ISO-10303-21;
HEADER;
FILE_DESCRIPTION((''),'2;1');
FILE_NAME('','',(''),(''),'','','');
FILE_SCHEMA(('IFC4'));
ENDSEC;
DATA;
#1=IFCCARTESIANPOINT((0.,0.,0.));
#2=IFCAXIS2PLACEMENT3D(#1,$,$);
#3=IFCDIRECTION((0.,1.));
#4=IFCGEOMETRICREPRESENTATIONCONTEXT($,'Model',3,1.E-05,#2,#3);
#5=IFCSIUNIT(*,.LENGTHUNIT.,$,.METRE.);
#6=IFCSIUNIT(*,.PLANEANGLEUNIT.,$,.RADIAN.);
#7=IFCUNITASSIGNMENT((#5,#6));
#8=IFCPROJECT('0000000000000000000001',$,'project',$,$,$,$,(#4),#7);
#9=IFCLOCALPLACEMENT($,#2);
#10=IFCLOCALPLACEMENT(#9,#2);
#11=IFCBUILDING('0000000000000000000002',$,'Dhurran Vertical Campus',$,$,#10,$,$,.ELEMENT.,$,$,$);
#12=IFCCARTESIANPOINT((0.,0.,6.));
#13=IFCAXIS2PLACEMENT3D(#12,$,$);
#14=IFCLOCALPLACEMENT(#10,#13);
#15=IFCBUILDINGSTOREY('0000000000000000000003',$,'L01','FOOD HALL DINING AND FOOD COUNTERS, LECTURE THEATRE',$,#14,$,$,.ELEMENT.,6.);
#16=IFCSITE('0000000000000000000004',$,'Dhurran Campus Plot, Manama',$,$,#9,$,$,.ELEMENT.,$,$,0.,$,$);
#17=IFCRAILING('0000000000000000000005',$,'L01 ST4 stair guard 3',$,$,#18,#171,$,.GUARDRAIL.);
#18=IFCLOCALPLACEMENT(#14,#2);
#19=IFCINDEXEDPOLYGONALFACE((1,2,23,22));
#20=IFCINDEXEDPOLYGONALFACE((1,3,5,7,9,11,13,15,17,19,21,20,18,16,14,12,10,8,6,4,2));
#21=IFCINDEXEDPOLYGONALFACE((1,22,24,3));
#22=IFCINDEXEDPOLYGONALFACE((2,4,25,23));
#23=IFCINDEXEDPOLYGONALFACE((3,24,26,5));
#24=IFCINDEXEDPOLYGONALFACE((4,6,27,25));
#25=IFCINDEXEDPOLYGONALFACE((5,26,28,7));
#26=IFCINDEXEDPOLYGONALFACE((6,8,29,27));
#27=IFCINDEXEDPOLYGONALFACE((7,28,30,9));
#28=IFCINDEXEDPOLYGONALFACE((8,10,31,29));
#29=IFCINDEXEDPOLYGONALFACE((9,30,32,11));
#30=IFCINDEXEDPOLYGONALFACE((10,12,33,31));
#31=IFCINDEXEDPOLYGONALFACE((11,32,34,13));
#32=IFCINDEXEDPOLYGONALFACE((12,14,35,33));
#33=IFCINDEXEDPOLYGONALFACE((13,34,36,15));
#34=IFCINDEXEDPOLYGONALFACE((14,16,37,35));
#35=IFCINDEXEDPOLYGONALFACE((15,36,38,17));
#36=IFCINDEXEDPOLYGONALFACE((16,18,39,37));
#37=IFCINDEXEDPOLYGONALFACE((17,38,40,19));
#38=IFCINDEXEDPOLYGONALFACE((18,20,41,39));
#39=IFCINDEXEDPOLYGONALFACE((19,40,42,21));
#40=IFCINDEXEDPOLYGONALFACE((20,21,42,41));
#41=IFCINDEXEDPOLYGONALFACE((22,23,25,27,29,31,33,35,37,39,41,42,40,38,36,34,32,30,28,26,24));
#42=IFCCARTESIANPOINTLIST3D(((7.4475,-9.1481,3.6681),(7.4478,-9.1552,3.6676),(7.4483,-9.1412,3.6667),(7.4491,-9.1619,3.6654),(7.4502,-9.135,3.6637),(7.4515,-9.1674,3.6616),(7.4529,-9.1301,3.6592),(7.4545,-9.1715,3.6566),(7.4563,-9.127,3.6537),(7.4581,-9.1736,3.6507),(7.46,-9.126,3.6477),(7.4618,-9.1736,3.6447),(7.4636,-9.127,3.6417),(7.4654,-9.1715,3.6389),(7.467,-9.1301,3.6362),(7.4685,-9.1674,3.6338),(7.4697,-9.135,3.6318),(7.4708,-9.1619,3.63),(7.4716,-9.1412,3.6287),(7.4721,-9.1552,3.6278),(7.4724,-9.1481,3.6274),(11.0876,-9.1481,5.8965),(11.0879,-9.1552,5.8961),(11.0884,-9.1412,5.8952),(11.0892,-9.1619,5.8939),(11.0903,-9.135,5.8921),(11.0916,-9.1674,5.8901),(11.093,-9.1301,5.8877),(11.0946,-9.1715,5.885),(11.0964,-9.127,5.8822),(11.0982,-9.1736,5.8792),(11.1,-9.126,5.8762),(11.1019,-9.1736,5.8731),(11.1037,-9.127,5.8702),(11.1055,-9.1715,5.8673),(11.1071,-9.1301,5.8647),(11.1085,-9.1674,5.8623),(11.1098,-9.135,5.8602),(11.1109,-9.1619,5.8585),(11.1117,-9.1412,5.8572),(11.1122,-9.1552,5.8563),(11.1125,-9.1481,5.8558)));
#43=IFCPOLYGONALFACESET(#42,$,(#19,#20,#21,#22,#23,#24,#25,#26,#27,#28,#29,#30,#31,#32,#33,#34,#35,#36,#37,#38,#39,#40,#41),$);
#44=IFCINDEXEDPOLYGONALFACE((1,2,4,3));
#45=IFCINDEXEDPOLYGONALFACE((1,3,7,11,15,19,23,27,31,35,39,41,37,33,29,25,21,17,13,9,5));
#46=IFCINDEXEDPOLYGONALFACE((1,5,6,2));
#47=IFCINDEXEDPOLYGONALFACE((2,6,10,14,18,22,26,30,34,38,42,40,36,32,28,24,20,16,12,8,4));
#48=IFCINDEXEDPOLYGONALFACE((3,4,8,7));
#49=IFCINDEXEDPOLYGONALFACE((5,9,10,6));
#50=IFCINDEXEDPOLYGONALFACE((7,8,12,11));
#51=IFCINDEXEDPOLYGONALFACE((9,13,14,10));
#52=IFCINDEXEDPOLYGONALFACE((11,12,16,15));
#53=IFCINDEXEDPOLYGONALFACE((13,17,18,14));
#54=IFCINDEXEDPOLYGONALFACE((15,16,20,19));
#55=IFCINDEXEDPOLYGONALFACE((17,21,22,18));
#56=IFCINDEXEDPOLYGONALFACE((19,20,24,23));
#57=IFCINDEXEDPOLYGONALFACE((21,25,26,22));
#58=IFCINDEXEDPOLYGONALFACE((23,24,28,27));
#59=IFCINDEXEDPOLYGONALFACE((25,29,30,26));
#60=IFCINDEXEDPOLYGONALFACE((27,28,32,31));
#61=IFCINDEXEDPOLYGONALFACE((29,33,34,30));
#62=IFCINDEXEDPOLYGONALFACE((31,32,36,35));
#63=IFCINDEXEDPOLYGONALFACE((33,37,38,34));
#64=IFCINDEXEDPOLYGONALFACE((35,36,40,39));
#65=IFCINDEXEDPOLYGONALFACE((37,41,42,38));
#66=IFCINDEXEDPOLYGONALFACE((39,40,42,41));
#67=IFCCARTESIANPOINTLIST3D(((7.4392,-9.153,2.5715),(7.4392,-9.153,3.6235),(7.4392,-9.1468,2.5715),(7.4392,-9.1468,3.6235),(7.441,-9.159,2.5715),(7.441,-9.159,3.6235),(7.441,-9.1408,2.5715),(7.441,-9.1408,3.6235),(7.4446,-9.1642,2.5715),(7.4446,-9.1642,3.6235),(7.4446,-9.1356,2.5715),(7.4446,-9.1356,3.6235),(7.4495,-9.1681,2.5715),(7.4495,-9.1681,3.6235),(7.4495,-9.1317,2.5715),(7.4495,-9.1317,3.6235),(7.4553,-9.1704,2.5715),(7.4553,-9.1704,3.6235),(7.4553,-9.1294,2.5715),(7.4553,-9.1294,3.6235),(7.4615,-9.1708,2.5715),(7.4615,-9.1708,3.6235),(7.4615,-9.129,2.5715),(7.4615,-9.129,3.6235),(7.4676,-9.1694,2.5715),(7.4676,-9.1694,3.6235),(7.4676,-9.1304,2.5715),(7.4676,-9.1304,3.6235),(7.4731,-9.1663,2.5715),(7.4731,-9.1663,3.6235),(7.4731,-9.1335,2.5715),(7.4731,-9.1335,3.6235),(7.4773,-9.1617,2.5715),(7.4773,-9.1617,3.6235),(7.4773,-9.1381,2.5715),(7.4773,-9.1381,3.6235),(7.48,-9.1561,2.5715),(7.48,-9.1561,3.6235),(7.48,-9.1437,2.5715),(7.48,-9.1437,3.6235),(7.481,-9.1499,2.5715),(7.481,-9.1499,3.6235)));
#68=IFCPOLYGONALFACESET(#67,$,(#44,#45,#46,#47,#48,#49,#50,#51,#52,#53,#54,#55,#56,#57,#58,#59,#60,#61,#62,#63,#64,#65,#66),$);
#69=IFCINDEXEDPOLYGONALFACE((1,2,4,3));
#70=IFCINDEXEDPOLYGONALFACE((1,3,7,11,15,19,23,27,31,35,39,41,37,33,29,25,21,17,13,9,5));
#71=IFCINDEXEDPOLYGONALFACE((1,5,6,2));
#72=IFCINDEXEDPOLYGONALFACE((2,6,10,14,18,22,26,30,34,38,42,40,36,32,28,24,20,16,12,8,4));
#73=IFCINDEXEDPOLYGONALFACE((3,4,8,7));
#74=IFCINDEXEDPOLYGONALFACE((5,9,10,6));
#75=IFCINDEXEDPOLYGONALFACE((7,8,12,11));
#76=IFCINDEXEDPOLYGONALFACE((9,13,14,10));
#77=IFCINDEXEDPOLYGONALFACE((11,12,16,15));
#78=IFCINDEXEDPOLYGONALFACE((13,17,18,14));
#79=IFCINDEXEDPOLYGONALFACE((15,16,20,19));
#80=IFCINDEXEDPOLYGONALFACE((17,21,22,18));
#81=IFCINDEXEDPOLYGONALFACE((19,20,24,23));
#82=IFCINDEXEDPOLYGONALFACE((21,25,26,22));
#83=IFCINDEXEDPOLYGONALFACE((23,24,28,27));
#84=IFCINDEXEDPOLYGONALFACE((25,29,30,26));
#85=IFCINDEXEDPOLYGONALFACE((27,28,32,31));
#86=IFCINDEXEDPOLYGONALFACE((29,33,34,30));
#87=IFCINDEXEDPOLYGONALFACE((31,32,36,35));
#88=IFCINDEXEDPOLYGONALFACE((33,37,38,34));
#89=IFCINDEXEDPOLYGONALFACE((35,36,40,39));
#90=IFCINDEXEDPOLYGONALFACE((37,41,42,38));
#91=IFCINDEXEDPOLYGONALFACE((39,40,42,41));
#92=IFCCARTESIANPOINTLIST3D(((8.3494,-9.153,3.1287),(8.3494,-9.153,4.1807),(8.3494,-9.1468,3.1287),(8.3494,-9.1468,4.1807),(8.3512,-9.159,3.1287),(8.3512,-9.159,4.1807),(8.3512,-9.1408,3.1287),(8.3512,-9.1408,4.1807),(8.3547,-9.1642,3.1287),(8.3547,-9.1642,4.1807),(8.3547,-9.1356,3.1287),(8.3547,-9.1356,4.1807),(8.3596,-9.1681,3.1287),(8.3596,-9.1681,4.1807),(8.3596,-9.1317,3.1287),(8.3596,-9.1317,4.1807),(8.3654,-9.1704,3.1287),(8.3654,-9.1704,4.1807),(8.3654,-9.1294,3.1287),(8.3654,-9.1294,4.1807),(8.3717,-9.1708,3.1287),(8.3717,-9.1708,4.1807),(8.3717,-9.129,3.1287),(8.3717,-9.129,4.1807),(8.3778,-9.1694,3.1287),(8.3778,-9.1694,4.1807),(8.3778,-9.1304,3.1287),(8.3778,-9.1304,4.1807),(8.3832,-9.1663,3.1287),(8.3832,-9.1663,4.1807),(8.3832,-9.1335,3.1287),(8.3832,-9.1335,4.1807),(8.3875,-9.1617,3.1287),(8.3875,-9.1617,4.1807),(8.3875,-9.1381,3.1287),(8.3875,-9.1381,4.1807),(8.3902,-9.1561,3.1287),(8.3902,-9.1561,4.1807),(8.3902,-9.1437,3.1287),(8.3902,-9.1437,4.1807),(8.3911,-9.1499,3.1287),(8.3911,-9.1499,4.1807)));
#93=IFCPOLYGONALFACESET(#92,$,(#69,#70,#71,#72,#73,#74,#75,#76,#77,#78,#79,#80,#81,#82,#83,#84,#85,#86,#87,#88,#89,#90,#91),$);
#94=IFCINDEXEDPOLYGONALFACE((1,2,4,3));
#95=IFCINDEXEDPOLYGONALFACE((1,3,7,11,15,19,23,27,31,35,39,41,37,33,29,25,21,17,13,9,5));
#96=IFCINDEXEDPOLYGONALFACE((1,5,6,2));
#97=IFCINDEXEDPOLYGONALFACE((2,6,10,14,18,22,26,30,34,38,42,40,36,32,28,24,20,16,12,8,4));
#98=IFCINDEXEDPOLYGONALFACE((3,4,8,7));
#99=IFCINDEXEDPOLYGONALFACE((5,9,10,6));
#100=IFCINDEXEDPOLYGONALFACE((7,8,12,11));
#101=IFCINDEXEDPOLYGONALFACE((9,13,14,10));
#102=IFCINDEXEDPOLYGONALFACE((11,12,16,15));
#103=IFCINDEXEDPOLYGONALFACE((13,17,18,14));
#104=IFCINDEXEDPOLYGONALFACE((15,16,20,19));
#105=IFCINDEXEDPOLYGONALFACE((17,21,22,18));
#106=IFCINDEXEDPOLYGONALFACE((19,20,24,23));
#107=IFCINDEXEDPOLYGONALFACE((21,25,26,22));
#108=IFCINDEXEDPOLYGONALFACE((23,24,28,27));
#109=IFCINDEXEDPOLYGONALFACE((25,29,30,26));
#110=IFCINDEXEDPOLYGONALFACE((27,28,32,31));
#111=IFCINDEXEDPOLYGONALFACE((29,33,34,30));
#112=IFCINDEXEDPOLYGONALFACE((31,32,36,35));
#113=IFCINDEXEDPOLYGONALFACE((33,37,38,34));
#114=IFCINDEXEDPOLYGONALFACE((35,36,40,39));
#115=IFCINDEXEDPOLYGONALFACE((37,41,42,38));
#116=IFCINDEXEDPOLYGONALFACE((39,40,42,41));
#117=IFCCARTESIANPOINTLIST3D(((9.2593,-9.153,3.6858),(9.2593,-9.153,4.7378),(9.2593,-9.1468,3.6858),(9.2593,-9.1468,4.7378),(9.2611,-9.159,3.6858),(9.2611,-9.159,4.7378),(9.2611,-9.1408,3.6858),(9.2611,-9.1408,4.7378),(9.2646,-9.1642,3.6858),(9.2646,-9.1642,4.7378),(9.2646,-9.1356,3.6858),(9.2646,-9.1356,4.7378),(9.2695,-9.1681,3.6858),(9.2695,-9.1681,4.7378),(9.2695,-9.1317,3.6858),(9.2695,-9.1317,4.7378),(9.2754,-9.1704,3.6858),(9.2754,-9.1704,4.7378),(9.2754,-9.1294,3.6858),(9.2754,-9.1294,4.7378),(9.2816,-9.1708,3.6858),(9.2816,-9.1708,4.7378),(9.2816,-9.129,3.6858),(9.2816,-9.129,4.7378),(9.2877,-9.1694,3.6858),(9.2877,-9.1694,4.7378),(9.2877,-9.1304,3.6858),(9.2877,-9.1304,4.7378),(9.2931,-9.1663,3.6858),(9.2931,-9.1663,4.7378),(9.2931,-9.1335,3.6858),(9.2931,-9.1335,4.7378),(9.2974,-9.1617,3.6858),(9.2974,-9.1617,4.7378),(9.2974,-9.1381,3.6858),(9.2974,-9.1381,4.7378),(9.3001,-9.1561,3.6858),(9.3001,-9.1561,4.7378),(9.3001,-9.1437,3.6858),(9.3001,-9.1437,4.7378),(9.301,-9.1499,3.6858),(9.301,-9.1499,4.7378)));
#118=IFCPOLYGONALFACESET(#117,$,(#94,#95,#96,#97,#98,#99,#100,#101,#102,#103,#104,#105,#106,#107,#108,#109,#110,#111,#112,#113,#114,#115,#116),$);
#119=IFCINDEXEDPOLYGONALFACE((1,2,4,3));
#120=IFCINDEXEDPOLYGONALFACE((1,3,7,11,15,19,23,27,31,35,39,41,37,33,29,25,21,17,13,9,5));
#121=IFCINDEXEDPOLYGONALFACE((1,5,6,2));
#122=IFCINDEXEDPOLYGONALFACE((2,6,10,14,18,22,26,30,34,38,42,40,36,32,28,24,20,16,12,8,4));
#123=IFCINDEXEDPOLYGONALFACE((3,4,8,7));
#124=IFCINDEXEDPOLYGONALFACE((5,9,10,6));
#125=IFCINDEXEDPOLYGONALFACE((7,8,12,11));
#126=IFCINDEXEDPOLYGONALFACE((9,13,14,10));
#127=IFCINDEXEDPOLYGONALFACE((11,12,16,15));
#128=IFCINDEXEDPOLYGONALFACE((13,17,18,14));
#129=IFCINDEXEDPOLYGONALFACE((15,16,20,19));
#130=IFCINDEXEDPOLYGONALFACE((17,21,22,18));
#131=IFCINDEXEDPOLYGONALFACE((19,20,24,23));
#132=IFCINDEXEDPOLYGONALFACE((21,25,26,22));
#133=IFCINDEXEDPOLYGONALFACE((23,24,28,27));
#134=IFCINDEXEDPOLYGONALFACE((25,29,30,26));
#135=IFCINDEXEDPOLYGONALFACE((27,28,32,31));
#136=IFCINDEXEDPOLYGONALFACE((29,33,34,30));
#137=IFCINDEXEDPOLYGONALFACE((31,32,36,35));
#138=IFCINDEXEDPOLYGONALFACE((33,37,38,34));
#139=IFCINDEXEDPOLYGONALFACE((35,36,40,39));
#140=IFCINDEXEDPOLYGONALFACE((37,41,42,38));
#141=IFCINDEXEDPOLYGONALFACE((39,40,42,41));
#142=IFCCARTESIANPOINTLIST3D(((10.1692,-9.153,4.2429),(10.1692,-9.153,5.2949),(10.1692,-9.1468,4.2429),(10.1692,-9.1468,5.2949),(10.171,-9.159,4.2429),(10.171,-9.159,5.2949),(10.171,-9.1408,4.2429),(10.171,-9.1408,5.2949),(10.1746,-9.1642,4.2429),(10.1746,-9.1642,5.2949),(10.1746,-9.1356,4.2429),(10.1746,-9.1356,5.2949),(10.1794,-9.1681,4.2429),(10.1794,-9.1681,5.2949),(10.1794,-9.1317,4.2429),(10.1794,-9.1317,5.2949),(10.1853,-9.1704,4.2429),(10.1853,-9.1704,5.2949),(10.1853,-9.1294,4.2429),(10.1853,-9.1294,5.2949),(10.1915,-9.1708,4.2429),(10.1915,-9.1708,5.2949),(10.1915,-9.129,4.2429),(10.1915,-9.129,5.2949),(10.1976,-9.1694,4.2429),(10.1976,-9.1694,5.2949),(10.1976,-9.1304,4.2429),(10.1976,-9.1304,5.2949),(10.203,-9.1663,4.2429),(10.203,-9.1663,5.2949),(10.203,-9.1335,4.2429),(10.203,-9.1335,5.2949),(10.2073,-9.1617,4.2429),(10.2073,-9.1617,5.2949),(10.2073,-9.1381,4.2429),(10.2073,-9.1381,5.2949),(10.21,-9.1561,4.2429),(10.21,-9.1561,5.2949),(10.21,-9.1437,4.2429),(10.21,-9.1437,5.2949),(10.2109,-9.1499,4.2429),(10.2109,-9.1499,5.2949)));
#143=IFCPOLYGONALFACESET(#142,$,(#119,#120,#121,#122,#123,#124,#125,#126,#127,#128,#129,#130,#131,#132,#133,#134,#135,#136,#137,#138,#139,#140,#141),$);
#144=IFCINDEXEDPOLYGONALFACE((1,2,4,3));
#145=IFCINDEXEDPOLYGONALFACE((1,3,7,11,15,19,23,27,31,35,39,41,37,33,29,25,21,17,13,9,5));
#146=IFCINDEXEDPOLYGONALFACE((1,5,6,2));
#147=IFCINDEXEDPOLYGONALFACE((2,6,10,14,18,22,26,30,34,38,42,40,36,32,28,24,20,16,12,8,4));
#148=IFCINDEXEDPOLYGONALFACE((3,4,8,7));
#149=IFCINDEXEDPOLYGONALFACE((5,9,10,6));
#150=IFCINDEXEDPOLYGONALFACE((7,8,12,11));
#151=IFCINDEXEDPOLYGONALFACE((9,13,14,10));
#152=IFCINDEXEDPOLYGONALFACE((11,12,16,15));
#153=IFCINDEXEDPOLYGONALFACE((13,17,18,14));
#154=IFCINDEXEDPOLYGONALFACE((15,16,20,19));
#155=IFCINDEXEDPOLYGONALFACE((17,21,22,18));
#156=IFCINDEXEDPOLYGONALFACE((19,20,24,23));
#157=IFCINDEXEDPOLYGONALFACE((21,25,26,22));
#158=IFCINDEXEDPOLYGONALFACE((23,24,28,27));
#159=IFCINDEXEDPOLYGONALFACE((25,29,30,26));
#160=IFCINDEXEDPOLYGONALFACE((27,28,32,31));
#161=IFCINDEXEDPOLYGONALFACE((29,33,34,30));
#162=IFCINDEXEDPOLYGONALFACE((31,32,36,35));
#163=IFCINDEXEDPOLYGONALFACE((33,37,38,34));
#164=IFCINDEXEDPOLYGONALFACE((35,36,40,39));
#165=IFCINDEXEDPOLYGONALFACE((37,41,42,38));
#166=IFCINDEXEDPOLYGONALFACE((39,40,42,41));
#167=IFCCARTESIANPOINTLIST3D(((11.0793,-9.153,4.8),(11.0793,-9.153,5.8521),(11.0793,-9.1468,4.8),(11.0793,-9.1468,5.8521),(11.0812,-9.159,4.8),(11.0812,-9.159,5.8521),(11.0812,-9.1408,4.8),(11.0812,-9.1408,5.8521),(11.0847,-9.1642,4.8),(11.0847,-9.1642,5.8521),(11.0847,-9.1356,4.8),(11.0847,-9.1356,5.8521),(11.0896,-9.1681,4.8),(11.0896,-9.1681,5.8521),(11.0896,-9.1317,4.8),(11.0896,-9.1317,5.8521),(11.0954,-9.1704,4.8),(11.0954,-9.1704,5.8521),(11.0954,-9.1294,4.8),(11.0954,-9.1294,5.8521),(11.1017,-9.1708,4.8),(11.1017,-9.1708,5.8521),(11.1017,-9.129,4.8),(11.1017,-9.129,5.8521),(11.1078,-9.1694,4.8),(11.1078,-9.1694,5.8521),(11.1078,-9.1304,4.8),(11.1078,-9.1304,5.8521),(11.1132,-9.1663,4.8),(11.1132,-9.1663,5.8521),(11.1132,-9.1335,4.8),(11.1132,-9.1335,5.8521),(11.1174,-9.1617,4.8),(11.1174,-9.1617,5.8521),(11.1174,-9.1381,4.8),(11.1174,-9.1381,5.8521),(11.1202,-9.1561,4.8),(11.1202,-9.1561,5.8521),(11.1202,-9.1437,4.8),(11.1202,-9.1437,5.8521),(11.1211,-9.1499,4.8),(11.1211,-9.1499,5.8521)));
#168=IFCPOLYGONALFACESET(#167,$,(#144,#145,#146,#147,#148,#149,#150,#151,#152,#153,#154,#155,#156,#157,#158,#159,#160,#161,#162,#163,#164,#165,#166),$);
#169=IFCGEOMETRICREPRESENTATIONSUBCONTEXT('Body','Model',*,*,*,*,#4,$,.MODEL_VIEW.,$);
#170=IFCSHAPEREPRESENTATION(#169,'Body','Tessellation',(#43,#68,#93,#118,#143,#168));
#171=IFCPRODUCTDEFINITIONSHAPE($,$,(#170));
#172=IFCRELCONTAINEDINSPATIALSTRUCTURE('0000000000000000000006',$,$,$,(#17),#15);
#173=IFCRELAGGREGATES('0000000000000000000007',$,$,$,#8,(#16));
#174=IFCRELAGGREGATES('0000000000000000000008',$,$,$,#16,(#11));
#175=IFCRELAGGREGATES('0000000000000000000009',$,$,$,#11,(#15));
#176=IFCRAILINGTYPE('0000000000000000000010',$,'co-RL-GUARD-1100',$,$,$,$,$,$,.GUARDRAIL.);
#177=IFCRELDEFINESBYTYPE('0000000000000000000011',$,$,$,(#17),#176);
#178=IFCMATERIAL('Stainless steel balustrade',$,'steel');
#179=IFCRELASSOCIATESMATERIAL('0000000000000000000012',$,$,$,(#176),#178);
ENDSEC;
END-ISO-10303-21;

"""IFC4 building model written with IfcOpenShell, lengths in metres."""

from ifc_helpers import new_model, si_unit, direction, frame, origin, origin_2d, place, context, subcontext, project, spatial, circle, extrude, material, type_object, element, save


model = new_model("IFC4")

# Units and contexts
model_context = context("Model", 3, precision=1e-05, world=origin(), true_north=direction((0.0, 1.0)))
body_context = subcontext(model_context, "Body", "Model", "MODEL_VIEW")
ifc_project = project(units=[si_unit("LENGTHUNIT", "METRE"), si_unit("PLANEANGLEUNIT", "RADIAN")], contexts=[model_context])

# Site, building, storey
site_placement = place(None, origin())
site = spatial("IfcSite", under=ifc_project, at=site_placement, Name="Dhurran Campus Plot, Manama", CompositionType="ELEMENT", RefElevation=0.0)
building_placement = place(site_placement, origin())
building = spatial("IfcBuilding", under=site, at=building_placement, Name="Dhurran Vertical Campus", CompositionType="ELEMENT")
storey_placement = place(building_placement, frame((0.0, 0.0, 6.0)))
storey = spatial("IfcBuildingStorey", under=building, at=storey_placement, Name="L01", Description="FOOD HALL DINING AND FOOD COUNTERS, LECTURE THEATRE", CompositionType="ELEMENT", Elevation=6.0)

# Railing
ifc_material_1 = material(Name="Stainless steel balustrade", Category="steel")
railing_type_1 = type_object("IfcRailingType", Name="co-RL-GUARD-1100", PredefinedType="GUARDRAIL", material=ifc_material_1)
railing_1_placement = place(storey_placement, frame((7.46, -9.1499, 2.5715)))
element("IfcRailing", 1, at=railing_1_placement, inside=storey, type_object=railing_type_1, Name="L01 ST4 stair guard 3", PredefinedType="GUARDRAIL", context=body_context, shape_type="SweptSolid", body=[
    extrude(circle(Radius=0.0239, at=origin_2d()), frame((0.0, 0.0, 1.0762), z_axis=(0.852866, 0.0, 0.52213), x_axis=(0.0, 1.0, 0.0)), (0.0, 0.0, 1.0), 4.2681),
    extrude(circle(Radius=0.021, at=origin_2d()), origin(), (0.0, 0.0, 1.0), 1.052),
    extrude(circle(Radius=0.021, at=origin_2d()), frame((0.9102, 0.0, 0.5571)), (0.0, 0.0, 1.0), 1.052),
    extrude(circle(Radius=0.021, at=origin_2d()), frame((1.8201, 0.0, 1.1143)), (0.0, 0.0, 1.0), 1.052),
    extrude(circle(Radius=0.021, at=origin_2d()), frame((2.73, 0.0, 1.6714)), (0.0, 0.0, 1.0), 1.052),
    extrude(circle(Radius=0.021, at=origin_2d()), frame((3.6401, 0.0, 2.2285)), (0.0, 0.0, 1.0), 1.052),
])

save(model, "model.ifc")
